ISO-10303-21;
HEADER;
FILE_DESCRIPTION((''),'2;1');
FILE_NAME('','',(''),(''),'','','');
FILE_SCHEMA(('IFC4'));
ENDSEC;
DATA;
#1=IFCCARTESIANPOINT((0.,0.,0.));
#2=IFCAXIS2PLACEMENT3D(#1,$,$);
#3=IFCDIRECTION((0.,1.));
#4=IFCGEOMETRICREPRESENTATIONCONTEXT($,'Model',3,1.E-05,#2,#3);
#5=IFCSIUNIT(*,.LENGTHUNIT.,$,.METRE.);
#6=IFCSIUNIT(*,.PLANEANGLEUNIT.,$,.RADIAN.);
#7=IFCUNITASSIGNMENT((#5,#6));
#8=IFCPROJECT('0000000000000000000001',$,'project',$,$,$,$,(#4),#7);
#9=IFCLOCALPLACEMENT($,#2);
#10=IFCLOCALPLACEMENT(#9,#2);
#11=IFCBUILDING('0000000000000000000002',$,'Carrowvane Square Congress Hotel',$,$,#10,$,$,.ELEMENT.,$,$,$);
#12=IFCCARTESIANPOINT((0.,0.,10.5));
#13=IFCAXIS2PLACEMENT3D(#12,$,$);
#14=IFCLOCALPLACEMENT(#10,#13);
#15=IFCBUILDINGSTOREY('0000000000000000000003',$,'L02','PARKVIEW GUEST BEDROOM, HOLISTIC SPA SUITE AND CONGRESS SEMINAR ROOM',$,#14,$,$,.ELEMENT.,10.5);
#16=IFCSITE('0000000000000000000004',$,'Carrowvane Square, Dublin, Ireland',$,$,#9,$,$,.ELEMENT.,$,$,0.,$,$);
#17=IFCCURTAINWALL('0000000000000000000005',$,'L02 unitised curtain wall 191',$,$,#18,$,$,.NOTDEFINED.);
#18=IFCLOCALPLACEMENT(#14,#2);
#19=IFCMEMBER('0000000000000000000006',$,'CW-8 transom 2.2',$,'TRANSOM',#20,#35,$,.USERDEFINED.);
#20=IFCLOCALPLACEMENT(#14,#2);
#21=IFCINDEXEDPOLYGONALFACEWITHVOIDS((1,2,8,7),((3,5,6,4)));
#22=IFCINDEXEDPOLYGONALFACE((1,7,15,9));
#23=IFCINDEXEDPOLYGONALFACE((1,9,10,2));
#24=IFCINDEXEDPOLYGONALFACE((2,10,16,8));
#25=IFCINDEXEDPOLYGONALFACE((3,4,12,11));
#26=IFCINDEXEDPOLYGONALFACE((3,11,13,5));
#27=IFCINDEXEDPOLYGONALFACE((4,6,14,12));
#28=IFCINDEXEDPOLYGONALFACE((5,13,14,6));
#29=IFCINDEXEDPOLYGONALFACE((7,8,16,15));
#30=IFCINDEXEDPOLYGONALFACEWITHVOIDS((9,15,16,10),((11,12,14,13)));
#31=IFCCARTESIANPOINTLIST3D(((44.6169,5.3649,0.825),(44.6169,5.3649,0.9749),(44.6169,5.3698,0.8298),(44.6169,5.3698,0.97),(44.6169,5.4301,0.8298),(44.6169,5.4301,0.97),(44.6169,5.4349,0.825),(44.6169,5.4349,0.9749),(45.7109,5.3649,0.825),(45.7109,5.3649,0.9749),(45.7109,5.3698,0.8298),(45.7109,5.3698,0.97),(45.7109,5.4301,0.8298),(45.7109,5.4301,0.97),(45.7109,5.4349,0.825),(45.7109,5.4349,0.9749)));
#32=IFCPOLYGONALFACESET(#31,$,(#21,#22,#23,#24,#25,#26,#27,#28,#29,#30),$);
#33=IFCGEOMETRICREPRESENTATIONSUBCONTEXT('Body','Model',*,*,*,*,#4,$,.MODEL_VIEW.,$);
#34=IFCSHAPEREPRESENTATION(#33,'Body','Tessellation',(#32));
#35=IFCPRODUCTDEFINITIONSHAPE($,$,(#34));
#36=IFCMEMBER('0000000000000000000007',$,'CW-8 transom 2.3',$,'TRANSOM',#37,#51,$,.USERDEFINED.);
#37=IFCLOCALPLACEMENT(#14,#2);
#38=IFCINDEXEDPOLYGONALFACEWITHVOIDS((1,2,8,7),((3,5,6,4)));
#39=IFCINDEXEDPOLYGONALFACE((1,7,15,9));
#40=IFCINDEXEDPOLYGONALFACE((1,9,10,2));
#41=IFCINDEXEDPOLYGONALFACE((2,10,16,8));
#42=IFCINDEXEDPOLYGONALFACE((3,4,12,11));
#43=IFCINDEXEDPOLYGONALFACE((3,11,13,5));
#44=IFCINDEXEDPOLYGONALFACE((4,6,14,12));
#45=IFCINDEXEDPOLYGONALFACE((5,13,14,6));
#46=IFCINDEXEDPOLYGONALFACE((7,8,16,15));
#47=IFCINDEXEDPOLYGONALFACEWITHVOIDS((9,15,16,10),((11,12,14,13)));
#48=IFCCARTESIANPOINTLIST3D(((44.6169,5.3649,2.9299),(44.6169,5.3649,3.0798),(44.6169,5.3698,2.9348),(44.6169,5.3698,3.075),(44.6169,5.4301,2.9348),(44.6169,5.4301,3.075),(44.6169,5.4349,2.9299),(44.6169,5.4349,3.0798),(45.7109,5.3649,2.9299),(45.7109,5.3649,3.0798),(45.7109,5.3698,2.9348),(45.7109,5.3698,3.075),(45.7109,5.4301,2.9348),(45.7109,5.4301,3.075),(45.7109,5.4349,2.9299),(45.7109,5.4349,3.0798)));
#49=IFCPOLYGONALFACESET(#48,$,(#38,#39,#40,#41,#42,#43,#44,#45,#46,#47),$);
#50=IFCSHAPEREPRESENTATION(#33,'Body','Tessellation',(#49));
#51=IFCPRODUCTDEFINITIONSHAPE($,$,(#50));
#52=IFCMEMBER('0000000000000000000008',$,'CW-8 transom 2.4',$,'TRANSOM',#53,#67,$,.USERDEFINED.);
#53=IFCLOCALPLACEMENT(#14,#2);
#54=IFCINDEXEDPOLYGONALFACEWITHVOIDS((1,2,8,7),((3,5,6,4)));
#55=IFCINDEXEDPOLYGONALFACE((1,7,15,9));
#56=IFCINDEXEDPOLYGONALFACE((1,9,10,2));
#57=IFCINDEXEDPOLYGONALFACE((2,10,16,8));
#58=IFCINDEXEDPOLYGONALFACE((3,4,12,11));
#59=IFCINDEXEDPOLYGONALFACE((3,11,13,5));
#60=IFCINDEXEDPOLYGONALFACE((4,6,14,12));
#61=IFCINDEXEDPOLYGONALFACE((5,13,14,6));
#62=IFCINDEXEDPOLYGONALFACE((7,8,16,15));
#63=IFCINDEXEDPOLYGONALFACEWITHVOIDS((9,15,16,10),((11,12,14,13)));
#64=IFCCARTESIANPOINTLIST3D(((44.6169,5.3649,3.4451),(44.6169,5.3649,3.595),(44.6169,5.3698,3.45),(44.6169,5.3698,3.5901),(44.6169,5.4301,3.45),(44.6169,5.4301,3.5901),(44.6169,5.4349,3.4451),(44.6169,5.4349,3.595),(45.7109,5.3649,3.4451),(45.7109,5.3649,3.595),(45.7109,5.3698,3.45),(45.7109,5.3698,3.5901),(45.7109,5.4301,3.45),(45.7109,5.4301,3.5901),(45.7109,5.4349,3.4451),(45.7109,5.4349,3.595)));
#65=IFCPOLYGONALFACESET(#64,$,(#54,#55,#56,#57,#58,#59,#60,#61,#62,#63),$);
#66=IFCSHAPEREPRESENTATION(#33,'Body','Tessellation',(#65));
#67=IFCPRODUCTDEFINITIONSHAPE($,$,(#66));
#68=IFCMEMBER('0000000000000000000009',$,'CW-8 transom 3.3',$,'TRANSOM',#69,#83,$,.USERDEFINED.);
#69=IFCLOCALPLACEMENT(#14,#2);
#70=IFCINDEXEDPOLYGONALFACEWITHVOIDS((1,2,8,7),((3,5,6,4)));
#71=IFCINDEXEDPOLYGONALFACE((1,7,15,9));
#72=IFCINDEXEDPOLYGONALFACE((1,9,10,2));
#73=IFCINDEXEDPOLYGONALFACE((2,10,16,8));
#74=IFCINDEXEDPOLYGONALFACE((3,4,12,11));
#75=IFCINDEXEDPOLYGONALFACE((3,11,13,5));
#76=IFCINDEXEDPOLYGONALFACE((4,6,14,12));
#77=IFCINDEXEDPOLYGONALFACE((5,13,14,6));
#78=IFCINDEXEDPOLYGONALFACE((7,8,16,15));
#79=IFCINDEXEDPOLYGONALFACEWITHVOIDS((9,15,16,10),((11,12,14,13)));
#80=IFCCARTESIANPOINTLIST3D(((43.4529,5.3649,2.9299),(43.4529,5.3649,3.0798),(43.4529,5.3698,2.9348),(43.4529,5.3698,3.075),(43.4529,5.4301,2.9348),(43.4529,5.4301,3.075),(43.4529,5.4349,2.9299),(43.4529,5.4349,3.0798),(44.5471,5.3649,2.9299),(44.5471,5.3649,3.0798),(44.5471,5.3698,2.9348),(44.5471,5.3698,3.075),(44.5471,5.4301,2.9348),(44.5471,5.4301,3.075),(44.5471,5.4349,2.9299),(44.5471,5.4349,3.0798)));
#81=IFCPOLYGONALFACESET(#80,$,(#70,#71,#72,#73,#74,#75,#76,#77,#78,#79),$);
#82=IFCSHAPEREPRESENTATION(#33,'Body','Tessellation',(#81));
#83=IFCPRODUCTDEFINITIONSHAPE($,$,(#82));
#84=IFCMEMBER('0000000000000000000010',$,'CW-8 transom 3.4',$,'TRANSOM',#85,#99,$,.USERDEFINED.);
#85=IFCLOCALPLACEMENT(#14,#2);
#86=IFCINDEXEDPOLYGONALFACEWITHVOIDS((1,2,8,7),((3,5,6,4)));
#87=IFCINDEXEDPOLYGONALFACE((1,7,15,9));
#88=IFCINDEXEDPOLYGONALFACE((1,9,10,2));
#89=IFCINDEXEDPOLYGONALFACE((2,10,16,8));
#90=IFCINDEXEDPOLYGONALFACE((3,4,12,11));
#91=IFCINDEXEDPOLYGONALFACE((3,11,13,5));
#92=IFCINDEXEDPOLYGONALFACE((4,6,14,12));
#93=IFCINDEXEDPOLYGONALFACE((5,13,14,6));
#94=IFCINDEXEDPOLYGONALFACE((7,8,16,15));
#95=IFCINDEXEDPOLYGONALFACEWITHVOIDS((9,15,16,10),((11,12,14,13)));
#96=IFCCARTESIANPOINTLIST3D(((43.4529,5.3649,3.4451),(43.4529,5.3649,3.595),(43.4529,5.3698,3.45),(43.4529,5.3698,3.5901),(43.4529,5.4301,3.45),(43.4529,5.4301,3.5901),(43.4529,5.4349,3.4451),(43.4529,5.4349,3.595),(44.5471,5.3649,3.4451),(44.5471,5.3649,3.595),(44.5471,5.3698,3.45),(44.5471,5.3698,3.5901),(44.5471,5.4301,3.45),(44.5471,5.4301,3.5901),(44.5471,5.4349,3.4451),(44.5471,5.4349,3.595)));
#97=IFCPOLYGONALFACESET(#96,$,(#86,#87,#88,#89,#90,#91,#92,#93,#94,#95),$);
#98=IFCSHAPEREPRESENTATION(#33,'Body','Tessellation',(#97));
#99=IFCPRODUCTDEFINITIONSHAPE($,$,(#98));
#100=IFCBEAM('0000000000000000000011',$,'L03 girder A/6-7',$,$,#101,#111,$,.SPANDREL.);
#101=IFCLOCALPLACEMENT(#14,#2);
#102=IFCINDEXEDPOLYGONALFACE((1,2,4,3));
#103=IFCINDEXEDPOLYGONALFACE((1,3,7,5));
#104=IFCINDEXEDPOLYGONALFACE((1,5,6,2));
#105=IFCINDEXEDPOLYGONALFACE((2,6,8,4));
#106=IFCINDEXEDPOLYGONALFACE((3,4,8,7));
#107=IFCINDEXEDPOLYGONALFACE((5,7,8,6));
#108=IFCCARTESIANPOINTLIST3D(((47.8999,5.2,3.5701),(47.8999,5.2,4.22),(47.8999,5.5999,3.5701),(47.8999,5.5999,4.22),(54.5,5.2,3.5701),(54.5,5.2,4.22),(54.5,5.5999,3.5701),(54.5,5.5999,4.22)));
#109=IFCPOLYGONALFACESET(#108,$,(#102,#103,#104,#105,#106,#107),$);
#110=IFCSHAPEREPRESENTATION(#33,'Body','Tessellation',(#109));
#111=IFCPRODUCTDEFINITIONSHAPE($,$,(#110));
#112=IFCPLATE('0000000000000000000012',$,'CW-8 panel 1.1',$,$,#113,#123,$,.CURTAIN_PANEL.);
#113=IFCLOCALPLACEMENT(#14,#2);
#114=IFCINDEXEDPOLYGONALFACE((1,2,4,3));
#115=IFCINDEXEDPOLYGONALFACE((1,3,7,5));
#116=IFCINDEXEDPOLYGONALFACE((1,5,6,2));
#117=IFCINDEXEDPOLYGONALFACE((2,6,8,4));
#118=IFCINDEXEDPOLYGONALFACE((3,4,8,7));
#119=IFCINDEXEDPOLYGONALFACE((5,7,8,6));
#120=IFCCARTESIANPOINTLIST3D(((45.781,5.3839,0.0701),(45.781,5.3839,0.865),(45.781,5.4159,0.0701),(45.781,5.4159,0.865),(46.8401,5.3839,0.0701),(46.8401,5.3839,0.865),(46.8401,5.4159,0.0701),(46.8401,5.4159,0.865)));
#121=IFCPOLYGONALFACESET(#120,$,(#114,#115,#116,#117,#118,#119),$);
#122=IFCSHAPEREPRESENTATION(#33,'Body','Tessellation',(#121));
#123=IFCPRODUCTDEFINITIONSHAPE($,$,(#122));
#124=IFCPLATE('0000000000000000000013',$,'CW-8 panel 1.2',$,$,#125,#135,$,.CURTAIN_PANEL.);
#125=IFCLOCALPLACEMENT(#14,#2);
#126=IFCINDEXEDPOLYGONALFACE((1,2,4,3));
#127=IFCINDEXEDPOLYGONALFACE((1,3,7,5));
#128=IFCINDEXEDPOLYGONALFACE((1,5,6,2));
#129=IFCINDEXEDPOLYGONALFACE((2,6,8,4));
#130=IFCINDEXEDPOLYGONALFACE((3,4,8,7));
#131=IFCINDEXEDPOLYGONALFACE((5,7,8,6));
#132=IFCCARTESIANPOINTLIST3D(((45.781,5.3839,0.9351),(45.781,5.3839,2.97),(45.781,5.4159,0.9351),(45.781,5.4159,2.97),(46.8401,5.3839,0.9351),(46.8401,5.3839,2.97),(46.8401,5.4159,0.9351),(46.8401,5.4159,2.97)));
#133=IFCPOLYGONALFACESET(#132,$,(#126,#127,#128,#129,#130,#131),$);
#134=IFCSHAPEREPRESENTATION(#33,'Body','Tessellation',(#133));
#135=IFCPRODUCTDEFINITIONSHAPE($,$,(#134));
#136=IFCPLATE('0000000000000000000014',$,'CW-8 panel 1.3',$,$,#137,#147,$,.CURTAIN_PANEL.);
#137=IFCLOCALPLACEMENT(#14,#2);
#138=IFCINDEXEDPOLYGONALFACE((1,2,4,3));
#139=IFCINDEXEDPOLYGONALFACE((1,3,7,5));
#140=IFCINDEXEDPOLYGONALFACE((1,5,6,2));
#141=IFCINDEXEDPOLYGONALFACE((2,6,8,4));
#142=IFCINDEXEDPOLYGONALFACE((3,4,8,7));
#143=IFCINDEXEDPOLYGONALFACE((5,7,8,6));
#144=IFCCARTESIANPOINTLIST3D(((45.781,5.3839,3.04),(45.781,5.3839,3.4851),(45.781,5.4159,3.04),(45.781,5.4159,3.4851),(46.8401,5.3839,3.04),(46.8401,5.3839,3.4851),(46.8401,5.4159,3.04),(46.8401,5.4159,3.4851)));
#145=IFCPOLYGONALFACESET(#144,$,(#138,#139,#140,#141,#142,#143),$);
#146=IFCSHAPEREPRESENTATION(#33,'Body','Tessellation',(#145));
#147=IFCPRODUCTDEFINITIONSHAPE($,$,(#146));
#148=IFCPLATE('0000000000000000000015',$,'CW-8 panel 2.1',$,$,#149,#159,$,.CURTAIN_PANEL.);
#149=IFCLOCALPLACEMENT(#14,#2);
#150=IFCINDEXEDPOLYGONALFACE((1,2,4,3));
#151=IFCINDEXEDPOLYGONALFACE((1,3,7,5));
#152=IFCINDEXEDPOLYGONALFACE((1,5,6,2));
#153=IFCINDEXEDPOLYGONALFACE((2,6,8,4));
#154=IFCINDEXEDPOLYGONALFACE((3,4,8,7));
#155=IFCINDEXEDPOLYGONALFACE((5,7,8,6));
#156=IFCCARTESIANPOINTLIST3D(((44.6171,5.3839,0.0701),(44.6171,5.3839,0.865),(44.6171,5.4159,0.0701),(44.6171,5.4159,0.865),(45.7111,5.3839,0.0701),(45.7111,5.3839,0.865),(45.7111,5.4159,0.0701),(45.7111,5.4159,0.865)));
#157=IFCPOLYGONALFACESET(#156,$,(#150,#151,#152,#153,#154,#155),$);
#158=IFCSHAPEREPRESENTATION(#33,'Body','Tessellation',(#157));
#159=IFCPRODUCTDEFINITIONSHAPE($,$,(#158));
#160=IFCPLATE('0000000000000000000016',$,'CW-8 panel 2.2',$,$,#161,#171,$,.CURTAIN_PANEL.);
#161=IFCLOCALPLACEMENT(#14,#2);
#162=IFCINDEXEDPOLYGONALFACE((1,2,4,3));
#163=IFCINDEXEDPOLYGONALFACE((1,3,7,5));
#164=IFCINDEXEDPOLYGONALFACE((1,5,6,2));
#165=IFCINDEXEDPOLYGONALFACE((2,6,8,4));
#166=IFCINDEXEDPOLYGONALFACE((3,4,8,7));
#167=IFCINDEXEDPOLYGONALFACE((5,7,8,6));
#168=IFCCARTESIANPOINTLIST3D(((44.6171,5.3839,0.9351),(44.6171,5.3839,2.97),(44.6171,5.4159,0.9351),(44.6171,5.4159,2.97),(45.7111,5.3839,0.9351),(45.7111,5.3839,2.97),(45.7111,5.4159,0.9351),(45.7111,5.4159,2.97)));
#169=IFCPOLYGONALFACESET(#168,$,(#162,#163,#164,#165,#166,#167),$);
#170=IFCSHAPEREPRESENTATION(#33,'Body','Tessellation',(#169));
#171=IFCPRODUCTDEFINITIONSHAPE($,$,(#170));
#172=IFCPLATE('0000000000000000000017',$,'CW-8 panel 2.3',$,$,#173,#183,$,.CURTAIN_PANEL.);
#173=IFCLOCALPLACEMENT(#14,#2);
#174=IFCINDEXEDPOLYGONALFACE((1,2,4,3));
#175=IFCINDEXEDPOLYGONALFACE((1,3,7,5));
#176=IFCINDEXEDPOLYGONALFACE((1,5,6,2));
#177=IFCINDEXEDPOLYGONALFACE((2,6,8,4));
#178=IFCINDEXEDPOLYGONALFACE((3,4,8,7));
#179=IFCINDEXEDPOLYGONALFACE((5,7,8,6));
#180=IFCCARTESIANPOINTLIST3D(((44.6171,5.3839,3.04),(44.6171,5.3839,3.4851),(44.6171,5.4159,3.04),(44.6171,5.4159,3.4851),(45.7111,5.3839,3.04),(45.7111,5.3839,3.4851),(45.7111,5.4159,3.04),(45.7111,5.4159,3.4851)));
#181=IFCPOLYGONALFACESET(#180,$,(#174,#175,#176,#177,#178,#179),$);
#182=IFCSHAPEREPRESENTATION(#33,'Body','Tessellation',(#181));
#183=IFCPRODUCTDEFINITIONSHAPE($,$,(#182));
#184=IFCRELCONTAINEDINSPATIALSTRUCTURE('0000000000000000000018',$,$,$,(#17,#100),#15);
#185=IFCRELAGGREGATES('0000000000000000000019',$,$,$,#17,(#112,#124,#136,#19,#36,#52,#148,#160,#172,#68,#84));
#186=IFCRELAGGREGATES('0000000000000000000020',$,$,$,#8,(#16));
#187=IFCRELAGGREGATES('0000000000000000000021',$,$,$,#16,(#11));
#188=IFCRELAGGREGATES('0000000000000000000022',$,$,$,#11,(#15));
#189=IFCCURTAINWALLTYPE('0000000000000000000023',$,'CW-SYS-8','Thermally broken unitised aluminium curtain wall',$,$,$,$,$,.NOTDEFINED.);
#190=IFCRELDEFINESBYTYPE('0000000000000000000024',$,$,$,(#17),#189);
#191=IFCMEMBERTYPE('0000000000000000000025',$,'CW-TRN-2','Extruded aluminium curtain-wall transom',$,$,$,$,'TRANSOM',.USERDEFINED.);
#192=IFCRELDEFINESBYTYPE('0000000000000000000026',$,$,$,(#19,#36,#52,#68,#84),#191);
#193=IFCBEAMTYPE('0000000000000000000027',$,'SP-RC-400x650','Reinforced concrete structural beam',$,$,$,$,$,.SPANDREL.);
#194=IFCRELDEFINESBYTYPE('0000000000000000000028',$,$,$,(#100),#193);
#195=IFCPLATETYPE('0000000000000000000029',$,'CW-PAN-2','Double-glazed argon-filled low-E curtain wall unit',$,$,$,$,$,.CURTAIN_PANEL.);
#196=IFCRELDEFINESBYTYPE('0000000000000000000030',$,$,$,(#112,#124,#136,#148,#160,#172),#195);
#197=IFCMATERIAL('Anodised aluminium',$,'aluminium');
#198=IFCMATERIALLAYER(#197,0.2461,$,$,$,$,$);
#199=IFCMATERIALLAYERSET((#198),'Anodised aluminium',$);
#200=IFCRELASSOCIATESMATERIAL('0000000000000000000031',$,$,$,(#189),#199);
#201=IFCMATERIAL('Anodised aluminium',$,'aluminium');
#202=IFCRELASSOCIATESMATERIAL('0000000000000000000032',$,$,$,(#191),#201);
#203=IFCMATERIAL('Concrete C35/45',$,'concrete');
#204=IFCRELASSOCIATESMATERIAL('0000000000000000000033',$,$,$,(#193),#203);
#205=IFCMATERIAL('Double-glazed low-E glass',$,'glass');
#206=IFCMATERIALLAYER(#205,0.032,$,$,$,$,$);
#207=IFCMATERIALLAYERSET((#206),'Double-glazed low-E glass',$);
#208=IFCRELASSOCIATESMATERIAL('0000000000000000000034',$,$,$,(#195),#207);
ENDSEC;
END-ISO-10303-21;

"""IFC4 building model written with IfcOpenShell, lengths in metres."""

from ifc_helpers import new_model, si_unit, direction, frame, origin, origin_2d, place, context, subcontext, project, spatial, rectangle, hollow_rectangle, extrude, material, layer, layer_set, material_profile, profile_set, type_object, element, aggregate, save


model = new_model("IFC4")

# Units and contexts
model_context = context("Model", 3, precision=1e-05, world=origin(), true_north=direction((0.0, 1.0)))
body_context = subcontext(model_context, "Body", "Model", "MODEL_VIEW")
ifc_project = project(units=[si_unit("LENGTHUNIT", "METRE"), si_unit("PLANEANGLEUNIT", "RADIAN")], contexts=[model_context])

# Site, building, storey
site_placement = place(None, origin())
site = spatial("IfcSite", under=ifc_project, at=site_placement, Name="Carrowvane Square, Dublin, Ireland", CompositionType="ELEMENT", RefElevation=0.0)
building_placement = place(site_placement, origin())
building = spatial("IfcBuilding", under=site, at=building_placement, Name="Carrowvane Square Congress Hotel", CompositionType="ELEMENT")
storey_placement = place(building_placement, frame((0.0, 0.0, 10.5)))
storey = spatial("IfcBuildingStorey", under=building, at=storey_placement, Name="L02", Description="PARKVIEW GUEST BEDROOM, HOLISTIC SPA SUITE AND CONGRESS SEMINAR ROOM", CompositionType="ELEMENT", Elevation=10.5)

# Curtain wall, members
ifc_material_1 = material(Name="Anodised aluminium", Category="aluminium")
ifc_layer_1 = layer(ifc_material_1, 0.2461)
ifc_layer_set_1 = layer_set([ifc_layer_1], Name="Anodised aluminium")
curtain_wall_type_1 = type_object("IfcCurtainWallType", Name="CW-SYS-8", Description="Thermally broken unitised aluminium curtain wall", PredefinedType="NOTDEFINED", material=ifc_layer_set_1)
curtain_wall_1_placement = place(storey_placement, origin())
curtain_wall_1 = element("IfcCurtainWall", 1, at=curtain_wall_1_placement, inside=storey, type_object=curtain_wall_type_1, Name="L02 unitised curtain wall 191", PredefinedType="NOTDEFINED")
ifc_material_2 = material(Name="Anodised aluminium", Category="aluminium")
ifc_material_profile_1 = material_profile(ifc_material_2, hollow_rectangle(XDim=0.0701, YDim=0.1499, WallThickness=0.0049, at=origin_2d()), Name="CW-TR 70x150x5")
ifc_profile_set_1 = profile_set([ifc_material_profile_1], Name="Anodised aluminium")
member_type_1 = type_object("IfcMemberType", Name="CW-TRN-2", Description="Extruded aluminium curtain-wall transom", ElementType="TRANSOM", PredefinedType="USERDEFINED", material=ifc_profile_set_1)
member_1_placement = place(storey_placement, frame((45.7109, 5.3999, 0.8999), z_axis=(-1.0, 0.0, 0.0), x_axis=(0.0, -1.0, 0.0)))
member_1 = element("IfcMember", 2, at=member_1_placement, type_object=member_type_1, Name="CW-8 transom 2.2", ObjectType="TRANSOM", PredefinedType="USERDEFINED", context=body_context, shape_type="SweptSolid", body=[
    extrude(hollow_rectangle(XDim=0.0701, YDim=0.1499, WallThickness=0.0049, at=origin_2d()), origin(), (0.0, 0.0, 1.0), 1.094),
])
member_2_placement = place(storey_placement, frame((45.7109, 5.3999, 3.0049), z_axis=(-1.0, 0.0, 0.0), x_axis=(0.0, -1.0, 0.0)))
member_2 = element("IfcMember", 3, at=member_2_placement, type_object=member_type_1, Name="CW-8 transom 2.3", ObjectType="TRANSOM", PredefinedType="USERDEFINED", context=body_context, shape_type="SweptSolid", body=[
    extrude(hollow_rectangle(XDim=0.0701, YDim=0.1499, WallThickness=0.0049, at=origin_2d()), origin(), (0.0, 0.0, 1.0), 1.094),
])
member_3_placement = place(storey_placement, frame((45.7109, 5.3999, 3.52), z_axis=(-1.0, 0.0, 0.0), x_axis=(0.0, -1.0, 0.0)))
member_3 = element("IfcMember", 4, at=member_3_placement, type_object=member_type_1, Name="CW-8 transom 2.4", ObjectType="TRANSOM", PredefinedType="USERDEFINED", context=body_context, shape_type="SweptSolid", body=[
    extrude(hollow_rectangle(XDim=0.0701, YDim=0.1499, WallThickness=0.0049, at=origin_2d()), origin(), (0.0, 0.0, 1.0), 1.094),
])
member_4_placement = place(storey_placement, frame((44.5471, 5.3999, 3.0049), z_axis=(-1.0, 0.0, 0.0), x_axis=(0.0, -1.0, 0.0)))
member_4 = element("IfcMember", 5, at=member_4_placement, type_object=member_type_1, Name="CW-8 transom 3.3", ObjectType="TRANSOM", PredefinedType="USERDEFINED", context=body_context, shape_type="SweptSolid", body=[
    extrude(hollow_rectangle(XDim=0.0701, YDim=0.1499, WallThickness=0.0049, at=origin_2d()), origin(), (0.0, 0.0, 1.0), 1.0942),
])
member_5_placement = place(storey_placement, frame((44.5471, 5.3999, 3.52), z_axis=(-1.0, 0.0, 0.0), x_axis=(0.0, -1.0, 0.0)))
member_5 = element("IfcMember", 6, at=member_5_placement, type_object=member_type_1, Name="CW-8 transom 3.4", ObjectType="TRANSOM", PredefinedType="USERDEFINED", context=body_context, shape_type="SweptSolid", body=[
    extrude(hollow_rectangle(XDim=0.0701, YDim=0.1499, WallThickness=0.0049, at=origin_2d()), origin(), (0.0, 0.0, 1.0), 1.0942),
])

# Beam
ifc_material_3 = material(Name="Concrete C35/45", Category="concrete")
ifc_material_profile_2 = material_profile(ifc_material_3, rectangle(XDim=0.3999, YDim=0.6499, at=origin_2d()), Name="RC 400x650")
ifc_profile_set_2 = profile_set([ifc_material_profile_2], Name="Concrete C35/45")
beam_type = type_object("IfcBeamType", Name="SP-RC-400x650", Description="Reinforced concrete structural beam", PredefinedType="SPANDREL", material=ifc_profile_set_2)
beam_placement = place(storey_placement, frame((47.8999, 5.3999, 3.895), z_axis=(1.0, 0.0, 0.0), x_axis=(0.0, 1.0, 0.0)))
element("IfcBeam", 7, at=beam_placement, inside=storey, type_object=beam_type, Name="L03 girder A/6-7", PredefinedType="SPANDREL", context=body_context, shape_type="SweptSolid", body=[
    extrude(rectangle(XDim=0.3999, YDim=0.6499, at=origin_2d()), origin(), (0.0, 0.0, 1.0), 6.6001),
])

# Plates
ifc_material_4 = material(Name="Double-glazed low-E glass", Category="glass")
ifc_layer_2 = layer(ifc_material_4, 0.032)
ifc_layer_set_2 = layer_set([ifc_layer_2], Name="Double-glazed low-E glass")
plate_type = type_object("IfcPlateType", Name="CW-PAN-2", Description="Double-glazed argon-filled low-E curtain wall unit", PredefinedType="CURTAIN_PANEL", material=ifc_layer_set_2)
plate_1_placement = place(storey_placement, frame((46.3105, 5.3999, 0.0701), z_axis=(0.0, 0.0, 1.0), x_axis=(-1.0, 0.0, 0.0)))
plate_1 = element("IfcPlate", 8, at=plate_1_placement, type_object=plate_type, Name="CW-8 panel 1.1", PredefinedType="CURTAIN_PANEL", context=body_context, shape_type="SweptSolid", body=[
    extrude(rectangle(XDim=1.0591, YDim=0.032, at=origin_2d()), origin(), (0.0, 0.0, 1.0), 0.7949),
])
plate_2_placement = place(storey_placement, frame((46.3105, 5.3999, 0.9351), z_axis=(0.0, 0.0, 1.0), x_axis=(-1.0, 0.0, 0.0)))
plate_2 = element("IfcPlate", 9, at=plate_2_placement, type_object=plate_type, Name="CW-8 panel 1.2", PredefinedType="CURTAIN_PANEL", context=body_context, shape_type="SweptSolid", body=[
    extrude(rectangle(XDim=1.0591, YDim=0.032, at=origin_2d()), origin(), (0.0, 0.0, 1.0), 2.0349),
])
plate_3_placement = place(storey_placement, frame((46.3105, 5.3999, 3.04), z_axis=(0.0, 0.0, 1.0), x_axis=(-1.0, 0.0, 0.0)))
plate_3 = element("IfcPlate", 10, at=plate_3_placement, type_object=plate_type, Name="CW-8 panel 1.3", PredefinedType="CURTAIN_PANEL", context=body_context, shape_type="SweptSolid", body=[
    extrude(rectangle(XDim=1.0591, YDim=0.032, at=origin_2d()), origin(), (0.0, 0.0, 1.0), 0.4451),
])
plate_4_placement = place(storey_placement, frame((45.1641, 5.3999, 0.0701), z_axis=(0.0, 0.0, 1.0), x_axis=(-1.0, 0.0, 0.0)))
plate_4 = element("IfcPlate", 11, at=plate_4_placement, type_object=plate_type, Name="CW-8 panel 2.1", PredefinedType="CURTAIN_PANEL", context=body_context, shape_type="SweptSolid", body=[
    extrude(rectangle(XDim=1.094, YDim=0.032, at=origin_2d()), origin(), (0.0, 0.0, 1.0), 0.7949),
])
plate_5_placement = place(storey_placement, frame((45.1641, 5.3999, 0.9351), z_axis=(0.0, 0.0, 1.0), x_axis=(-1.0, 0.0, 0.0)))
plate_5 = element("IfcPlate", 12, at=plate_5_placement, type_object=plate_type, Name="CW-8 panel 2.2", PredefinedType="CURTAIN_PANEL", context=body_context, shape_type="SweptSolid", body=[
    extrude(rectangle(XDim=1.094, YDim=0.032, at=origin_2d()), origin(), (0.0, 0.0, 1.0), 2.0349),
])
plate_6_placement = place(storey_placement, frame((45.1641, 5.3999, 3.04), z_axis=(0.0, 0.0, 1.0), x_axis=(-1.0, 0.0, 0.0)))
plate_6 = element("IfcPlate", 13, at=plate_6_placement, type_object=plate_type, Name="CW-8 panel 2.3", PredefinedType="CURTAIN_PANEL", context=body_context, shape_type="SweptSolid", body=[
    extrude(rectangle(XDim=1.094, YDim=0.032, at=origin_2d()), origin(), (0.0, 0.0, 1.0), 0.4451),
])
aggregate(curtain_wall_1, [plate_1, plate_2, plate_3, member_1, member_2, member_3, plate_4, plate_5, plate_6, member_4, member_5])

save(model, "model.ifc")
